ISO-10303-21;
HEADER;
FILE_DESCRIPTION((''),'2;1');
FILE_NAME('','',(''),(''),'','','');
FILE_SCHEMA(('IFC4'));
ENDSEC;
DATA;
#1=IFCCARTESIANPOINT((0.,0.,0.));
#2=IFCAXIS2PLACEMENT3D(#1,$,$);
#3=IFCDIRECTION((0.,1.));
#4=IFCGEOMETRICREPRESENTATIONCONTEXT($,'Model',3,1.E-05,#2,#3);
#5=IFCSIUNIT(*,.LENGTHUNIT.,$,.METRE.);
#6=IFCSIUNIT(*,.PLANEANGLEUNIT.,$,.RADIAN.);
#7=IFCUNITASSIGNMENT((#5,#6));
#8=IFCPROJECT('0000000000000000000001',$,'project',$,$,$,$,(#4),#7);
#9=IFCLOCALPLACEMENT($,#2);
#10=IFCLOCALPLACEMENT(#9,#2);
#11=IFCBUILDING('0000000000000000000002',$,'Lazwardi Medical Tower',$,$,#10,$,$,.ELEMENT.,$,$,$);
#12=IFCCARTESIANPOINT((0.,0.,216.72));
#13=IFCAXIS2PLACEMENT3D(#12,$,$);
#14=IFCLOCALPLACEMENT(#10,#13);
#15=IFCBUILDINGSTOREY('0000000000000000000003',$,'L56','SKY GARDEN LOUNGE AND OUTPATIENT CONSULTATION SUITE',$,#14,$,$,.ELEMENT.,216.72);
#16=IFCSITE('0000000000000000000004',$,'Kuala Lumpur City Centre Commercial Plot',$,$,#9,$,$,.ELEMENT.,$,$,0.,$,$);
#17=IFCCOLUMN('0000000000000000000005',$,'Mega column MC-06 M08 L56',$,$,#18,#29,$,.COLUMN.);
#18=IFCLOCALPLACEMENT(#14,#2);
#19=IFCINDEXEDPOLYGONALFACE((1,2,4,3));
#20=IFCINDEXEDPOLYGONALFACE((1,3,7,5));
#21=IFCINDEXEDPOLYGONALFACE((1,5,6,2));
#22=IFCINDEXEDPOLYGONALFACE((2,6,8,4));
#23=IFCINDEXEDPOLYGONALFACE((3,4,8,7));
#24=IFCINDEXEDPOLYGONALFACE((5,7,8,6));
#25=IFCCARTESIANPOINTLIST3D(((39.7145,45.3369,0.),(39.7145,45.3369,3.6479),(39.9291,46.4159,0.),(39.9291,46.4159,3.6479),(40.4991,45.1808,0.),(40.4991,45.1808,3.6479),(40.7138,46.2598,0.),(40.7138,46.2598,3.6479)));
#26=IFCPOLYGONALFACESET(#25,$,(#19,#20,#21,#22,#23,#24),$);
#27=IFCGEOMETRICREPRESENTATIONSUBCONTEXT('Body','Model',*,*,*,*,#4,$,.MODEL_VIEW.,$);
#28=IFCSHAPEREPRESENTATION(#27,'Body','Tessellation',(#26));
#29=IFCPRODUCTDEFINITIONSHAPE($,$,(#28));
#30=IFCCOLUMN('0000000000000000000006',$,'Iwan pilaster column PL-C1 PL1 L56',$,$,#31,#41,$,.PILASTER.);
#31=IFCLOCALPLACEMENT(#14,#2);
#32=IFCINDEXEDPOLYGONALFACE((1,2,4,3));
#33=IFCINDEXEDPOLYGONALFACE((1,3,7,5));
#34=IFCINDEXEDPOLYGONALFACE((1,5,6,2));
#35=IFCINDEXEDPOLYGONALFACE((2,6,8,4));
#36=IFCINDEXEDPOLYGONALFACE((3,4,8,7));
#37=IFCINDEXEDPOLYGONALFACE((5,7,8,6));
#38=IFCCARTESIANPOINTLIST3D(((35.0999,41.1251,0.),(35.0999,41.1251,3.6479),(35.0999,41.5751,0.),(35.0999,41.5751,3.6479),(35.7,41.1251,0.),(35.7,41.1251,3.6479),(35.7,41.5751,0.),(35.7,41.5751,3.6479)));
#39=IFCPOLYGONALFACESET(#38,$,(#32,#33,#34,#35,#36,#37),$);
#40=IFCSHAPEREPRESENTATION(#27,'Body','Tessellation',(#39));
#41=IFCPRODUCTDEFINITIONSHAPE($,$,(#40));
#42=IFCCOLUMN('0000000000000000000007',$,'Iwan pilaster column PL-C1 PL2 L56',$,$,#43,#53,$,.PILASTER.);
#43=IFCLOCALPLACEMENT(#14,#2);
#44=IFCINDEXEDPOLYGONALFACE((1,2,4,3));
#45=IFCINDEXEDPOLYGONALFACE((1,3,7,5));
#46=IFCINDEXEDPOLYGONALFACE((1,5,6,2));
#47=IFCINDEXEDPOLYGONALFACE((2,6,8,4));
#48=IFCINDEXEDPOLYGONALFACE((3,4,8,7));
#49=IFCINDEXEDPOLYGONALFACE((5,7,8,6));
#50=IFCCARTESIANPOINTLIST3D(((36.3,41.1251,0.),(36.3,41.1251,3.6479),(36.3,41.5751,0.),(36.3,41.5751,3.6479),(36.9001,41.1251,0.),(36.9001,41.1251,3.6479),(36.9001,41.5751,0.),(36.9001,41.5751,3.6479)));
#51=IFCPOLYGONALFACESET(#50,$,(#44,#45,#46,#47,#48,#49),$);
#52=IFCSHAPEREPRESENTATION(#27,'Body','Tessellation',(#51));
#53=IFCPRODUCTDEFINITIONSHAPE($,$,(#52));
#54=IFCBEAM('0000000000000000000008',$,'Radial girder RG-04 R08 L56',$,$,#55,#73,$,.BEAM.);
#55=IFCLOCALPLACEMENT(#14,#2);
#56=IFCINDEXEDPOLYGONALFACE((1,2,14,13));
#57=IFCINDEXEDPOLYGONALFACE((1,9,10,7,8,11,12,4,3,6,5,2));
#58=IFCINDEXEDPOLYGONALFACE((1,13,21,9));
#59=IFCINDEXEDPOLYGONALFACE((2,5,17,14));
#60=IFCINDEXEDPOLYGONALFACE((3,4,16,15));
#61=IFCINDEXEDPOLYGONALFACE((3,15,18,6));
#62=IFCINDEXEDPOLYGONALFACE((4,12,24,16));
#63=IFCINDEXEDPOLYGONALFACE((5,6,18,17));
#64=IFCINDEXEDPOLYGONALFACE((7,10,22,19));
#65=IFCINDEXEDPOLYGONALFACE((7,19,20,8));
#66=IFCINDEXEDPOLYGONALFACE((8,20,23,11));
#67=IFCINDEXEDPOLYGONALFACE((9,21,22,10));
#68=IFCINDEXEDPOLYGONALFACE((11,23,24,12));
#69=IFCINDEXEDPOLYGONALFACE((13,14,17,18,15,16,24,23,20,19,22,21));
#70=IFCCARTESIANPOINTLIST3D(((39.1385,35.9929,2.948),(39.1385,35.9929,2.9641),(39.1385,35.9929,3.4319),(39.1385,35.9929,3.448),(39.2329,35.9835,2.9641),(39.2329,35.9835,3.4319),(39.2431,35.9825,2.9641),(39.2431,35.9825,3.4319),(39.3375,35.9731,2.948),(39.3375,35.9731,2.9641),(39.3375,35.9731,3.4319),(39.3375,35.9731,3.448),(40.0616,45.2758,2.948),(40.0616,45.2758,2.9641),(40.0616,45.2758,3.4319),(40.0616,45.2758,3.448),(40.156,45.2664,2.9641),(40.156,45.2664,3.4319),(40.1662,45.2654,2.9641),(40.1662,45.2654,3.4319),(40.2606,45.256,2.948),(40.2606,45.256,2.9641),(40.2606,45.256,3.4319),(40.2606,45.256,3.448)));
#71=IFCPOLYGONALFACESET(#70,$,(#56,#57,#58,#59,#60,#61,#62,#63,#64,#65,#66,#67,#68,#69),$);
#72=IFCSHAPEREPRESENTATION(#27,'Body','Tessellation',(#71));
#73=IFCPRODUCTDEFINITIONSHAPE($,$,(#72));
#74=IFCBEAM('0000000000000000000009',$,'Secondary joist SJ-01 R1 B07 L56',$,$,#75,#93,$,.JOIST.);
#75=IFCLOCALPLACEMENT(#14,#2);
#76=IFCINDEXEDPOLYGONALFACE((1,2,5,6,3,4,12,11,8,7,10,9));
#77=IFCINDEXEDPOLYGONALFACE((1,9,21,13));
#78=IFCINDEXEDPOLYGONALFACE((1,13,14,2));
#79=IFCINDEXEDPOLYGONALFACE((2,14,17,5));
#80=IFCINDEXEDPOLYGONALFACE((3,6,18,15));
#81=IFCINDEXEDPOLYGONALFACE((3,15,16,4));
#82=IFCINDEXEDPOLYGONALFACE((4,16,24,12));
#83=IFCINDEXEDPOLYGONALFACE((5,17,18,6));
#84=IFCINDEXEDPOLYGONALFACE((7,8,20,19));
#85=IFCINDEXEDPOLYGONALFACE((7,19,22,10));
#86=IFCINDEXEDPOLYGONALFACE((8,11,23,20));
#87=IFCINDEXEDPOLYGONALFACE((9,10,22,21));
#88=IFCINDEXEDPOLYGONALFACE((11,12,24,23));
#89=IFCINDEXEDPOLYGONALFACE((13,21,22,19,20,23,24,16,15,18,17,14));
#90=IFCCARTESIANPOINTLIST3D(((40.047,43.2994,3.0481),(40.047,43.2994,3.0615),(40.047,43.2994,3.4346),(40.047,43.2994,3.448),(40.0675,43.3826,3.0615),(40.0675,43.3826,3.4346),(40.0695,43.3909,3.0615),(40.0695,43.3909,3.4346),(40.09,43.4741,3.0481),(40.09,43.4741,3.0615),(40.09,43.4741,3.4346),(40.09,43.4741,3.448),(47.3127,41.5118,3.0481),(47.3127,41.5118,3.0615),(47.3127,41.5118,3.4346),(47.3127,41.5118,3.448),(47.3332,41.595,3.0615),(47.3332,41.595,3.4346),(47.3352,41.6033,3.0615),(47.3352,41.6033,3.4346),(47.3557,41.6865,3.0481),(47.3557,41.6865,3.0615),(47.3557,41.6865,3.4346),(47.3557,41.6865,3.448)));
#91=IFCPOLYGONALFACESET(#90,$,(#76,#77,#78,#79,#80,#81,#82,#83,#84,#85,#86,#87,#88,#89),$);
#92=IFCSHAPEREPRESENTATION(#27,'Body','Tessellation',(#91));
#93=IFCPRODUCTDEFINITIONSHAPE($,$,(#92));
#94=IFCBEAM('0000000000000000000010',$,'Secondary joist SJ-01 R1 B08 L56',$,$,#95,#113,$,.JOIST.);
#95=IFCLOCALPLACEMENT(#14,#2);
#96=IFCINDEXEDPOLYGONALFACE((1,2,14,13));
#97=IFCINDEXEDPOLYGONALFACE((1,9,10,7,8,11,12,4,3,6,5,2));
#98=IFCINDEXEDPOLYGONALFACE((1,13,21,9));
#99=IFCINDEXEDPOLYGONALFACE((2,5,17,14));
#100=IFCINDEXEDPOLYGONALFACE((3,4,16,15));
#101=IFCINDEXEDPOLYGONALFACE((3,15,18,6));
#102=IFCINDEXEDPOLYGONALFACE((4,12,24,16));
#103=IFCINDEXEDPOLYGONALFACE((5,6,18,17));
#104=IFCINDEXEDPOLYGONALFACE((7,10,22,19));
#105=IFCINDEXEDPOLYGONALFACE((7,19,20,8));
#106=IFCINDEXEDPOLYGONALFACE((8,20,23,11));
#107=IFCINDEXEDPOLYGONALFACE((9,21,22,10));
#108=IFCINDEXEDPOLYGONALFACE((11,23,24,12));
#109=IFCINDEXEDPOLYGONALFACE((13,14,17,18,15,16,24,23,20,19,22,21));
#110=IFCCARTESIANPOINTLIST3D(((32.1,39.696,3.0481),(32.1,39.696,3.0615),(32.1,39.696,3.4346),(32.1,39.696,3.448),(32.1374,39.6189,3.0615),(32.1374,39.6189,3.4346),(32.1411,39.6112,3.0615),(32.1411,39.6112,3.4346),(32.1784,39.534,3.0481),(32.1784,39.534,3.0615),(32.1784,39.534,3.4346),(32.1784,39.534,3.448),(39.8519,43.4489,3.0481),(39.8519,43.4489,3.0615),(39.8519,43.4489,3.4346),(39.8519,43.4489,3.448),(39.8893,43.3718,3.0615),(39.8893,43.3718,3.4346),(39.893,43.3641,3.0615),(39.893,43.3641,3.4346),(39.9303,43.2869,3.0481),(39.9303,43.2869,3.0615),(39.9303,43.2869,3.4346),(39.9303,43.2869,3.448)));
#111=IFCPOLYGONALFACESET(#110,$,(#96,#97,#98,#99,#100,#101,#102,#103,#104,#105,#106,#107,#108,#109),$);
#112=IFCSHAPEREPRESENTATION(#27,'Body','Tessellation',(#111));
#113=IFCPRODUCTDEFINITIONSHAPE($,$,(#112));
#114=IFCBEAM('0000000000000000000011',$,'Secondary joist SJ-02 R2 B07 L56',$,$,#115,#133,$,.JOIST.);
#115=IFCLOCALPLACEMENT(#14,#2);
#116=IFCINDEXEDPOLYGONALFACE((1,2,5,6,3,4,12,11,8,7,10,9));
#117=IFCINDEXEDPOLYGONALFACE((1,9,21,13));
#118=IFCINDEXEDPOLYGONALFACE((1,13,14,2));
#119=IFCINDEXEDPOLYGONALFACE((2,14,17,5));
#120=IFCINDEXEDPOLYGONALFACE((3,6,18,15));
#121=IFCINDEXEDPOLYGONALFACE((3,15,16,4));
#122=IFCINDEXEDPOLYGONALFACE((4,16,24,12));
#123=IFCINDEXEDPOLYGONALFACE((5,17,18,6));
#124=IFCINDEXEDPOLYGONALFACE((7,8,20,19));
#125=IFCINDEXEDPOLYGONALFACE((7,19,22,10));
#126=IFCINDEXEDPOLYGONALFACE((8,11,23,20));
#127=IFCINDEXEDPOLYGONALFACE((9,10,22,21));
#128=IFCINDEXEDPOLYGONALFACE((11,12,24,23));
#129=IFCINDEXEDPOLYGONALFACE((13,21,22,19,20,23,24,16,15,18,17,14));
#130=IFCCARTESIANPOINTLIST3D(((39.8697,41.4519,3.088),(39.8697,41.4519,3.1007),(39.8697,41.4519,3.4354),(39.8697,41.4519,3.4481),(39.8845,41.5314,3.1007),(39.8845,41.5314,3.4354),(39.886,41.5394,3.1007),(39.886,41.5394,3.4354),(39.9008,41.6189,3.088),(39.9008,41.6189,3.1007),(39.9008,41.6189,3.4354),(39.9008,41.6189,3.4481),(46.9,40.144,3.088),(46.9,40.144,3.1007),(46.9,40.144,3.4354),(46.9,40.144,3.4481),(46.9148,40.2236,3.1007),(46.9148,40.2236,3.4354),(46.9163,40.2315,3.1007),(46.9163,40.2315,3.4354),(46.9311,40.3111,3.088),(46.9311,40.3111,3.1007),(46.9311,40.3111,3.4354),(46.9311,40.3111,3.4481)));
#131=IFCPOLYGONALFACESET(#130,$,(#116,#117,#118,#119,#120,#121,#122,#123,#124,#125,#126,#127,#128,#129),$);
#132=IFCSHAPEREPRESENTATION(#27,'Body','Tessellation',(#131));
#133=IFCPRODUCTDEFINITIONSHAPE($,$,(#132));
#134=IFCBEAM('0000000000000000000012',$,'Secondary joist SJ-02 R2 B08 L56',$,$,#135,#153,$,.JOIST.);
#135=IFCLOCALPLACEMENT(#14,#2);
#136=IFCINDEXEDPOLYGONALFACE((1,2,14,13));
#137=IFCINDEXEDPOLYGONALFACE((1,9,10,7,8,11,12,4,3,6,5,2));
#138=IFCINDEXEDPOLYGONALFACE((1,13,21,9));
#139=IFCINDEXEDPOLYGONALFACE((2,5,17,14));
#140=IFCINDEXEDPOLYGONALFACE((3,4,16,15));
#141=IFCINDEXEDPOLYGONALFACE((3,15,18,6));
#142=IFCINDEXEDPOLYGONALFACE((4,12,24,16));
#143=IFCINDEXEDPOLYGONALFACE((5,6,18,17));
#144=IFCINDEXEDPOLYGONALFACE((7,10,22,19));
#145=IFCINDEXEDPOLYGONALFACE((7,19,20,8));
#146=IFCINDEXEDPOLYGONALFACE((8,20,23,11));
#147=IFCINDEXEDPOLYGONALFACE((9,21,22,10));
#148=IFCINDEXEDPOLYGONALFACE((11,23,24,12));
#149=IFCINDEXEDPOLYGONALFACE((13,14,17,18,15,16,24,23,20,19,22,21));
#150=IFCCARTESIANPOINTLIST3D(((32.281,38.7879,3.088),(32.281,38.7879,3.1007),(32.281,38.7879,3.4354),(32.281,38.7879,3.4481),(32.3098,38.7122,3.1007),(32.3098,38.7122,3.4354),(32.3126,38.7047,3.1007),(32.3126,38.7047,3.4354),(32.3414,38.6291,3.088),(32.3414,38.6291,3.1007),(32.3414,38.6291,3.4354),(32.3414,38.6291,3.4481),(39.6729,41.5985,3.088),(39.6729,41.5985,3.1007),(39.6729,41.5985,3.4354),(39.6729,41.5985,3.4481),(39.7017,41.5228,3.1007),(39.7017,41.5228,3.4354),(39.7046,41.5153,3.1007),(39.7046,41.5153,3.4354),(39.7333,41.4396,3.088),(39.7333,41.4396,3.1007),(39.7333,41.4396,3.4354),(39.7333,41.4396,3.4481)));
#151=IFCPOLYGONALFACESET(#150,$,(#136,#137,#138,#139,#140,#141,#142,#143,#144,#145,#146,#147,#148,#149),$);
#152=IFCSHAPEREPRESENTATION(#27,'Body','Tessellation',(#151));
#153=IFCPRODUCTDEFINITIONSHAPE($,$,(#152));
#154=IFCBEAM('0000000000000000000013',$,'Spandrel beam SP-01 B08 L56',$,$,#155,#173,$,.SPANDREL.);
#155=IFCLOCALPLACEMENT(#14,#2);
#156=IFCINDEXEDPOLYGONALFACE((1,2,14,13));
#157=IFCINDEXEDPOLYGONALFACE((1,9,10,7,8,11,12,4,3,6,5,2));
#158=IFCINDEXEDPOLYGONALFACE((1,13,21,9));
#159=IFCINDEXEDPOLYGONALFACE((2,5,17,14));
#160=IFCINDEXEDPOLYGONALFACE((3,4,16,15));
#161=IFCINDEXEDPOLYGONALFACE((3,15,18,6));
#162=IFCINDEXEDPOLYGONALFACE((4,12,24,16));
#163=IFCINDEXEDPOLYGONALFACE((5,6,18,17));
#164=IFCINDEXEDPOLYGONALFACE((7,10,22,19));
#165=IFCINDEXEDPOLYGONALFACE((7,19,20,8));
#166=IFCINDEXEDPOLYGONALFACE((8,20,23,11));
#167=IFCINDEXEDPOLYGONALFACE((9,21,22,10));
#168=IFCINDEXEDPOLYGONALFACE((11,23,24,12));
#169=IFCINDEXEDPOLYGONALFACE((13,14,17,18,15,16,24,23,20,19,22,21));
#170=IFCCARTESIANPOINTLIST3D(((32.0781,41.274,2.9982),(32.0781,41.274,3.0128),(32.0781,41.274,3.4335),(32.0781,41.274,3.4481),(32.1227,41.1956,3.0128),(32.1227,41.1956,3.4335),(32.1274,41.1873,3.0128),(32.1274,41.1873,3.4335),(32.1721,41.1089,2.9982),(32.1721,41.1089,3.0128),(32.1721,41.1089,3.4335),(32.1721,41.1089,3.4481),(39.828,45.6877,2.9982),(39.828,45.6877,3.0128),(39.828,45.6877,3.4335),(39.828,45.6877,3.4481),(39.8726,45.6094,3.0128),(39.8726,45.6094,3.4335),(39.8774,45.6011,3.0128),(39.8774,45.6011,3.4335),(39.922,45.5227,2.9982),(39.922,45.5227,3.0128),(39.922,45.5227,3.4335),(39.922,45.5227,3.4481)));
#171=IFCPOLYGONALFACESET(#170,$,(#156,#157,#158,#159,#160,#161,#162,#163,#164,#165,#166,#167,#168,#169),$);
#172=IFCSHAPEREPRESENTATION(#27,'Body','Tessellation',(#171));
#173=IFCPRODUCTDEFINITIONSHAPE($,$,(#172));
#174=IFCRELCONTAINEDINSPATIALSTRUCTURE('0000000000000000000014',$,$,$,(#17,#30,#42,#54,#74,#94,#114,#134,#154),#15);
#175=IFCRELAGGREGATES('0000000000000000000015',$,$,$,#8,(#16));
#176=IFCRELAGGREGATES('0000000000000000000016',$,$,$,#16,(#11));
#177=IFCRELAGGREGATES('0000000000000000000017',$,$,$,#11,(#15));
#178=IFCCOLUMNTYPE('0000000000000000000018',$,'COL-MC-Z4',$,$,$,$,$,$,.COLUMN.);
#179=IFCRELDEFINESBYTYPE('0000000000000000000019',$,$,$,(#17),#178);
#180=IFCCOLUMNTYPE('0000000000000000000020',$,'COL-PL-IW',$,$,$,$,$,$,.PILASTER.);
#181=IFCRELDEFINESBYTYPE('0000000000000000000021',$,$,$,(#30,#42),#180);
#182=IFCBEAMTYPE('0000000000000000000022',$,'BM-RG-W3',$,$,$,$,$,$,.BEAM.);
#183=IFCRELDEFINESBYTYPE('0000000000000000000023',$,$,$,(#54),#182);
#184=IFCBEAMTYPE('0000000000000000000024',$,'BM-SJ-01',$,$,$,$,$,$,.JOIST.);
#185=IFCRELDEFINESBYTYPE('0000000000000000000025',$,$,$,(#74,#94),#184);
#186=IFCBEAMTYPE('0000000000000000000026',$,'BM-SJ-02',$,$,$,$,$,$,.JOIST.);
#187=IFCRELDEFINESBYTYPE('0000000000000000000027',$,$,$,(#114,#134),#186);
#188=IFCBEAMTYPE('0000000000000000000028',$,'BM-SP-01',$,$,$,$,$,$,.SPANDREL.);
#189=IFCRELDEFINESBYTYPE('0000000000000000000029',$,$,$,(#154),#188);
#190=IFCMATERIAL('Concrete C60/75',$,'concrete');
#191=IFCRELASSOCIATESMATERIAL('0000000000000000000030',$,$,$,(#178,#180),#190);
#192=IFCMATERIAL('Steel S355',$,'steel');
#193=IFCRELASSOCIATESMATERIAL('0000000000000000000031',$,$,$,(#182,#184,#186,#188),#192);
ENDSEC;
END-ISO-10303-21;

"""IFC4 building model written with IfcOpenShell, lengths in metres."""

from ifc_helpers import new_model, si_unit, direction, frame, origin, origin_2d, place, context, subcontext, project, spatial, rectangle, i_section, extrude, material, material_profile, profile_set, type_object, element, save


model = new_model("IFC4")

# Units and contexts
model_context = context("Model", 3, precision=1e-05, world=origin(), true_north=direction((0.0, 1.0)))
body_context = subcontext(model_context, "Body", "Model", "MODEL_VIEW")
ifc_project = project(units=[si_unit("LENGTHUNIT", "METRE"), si_unit("PLANEANGLEUNIT", "RADIAN")], contexts=[model_context])

# Site, building, storey
site_placement = place(None, origin())
site = spatial("IfcSite", under=ifc_project, at=site_placement, Name="Kuala Lumpur City Centre Commercial Plot", CompositionType="ELEMENT", RefElevation=0.0)
building_placement = place(site_placement, origin())
building = spatial("IfcBuilding", under=site, at=building_placement, Name="Lazwardi Medical Tower", CompositionType="ELEMENT")
storey_placement = place(building_placement, frame((0.0, 0.0, 216.72)))
storey = spatial("IfcBuildingStorey", under=building, at=storey_placement, Name="L56", Description="SKY GARDEN LOUNGE AND OUTPATIENT CONSULTATION SUITE", CompositionType="ELEMENT", Elevation=216.72)

# Columns
ifc_material_1 = material(Name="Concrete C60/75", Category="concrete")
ifc_material_profile_1 = material_profile(ifc_material_1, rectangle(XDim=1.1001, YDim=0.8, at=origin_2d()), Name="CFT-RECT 1100x800")
ifc_profile_set_1 = profile_set([ifc_material_profile_1], Name="Concrete C60/75")
column_type_1 = type_object("IfcColumnType", Name="COL-MC-Z4", PredefinedType="COLUMN", material=ifc_profile_set_1)
column_placement = place(storey_placement, frame((40.2141, 45.7983, 0.0), z_axis=(0.0, 0.0, 1.0), x_axis=(0.19509, 0.980785, 0.0)))
element("IfcColumn", 1, at=column_placement, inside=storey, type_object=column_type_1, Name="Mega column MC-06 M08 L56", PredefinedType="COLUMN", context=body_context, shape_type="SweptSolid", body=[
    extrude(rectangle(XDim=1.1001, YDim=0.8, at=origin_2d()), origin(), (0.0, 0.0, 1.0), 3.6479),
])
ifc_material_profile_2 = material_profile(ifc_material_1, rectangle(XDim=0.6001, YDim=0.45, at=origin_2d()), Name="RC 600x450")
ifc_profile_set_2 = profile_set([ifc_material_profile_2], Name="Concrete C60/75")
column_type_2 = type_object("IfcColumnType", Name="COL-PL-IW", PredefinedType="PILASTER", material=ifc_profile_set_2)
for number, where, z_axis, x_axis, name in (
    (2, (35.3999, 41.3501, 0.0), (0.0, 0.0, 1.0), (1.0, 0.0, 0.0), "Iwan pilaster column PL-C1 PL1 L56"),
    (3, (36.6001, 41.3501, 0.0), (0.0, 0.0, 1.0), (1.0, 0.0, 0.0), "Iwan pilaster column PL-C1 PL2 L56"),
):
    element("IfcColumn", number, at=place(storey_placement, frame(where, z_axis=z_axis, x_axis=x_axis)), inside=storey, type_object=column_type_2, Name=name, PredefinedType="PILASTER", context=body_context, shape_type="SweptSolid", body=[
        extrude(rectangle(XDim=0.6001, YDim=0.45, at=origin_2d()), origin(), (0.0, 0.0, 1.0), 3.6479),
    ])

# Beams
ifc_material_2 = material(Name="Steel S355", Category="steel")
ifc_material_profile_3 = material_profile(ifc_material_2, i_section(OverallWidth=0.2, OverallDepth=0.5, WebThickness=0.0103, FlangeThickness=0.0161, at=origin_2d()), Name="IPE 500")
ifc_profile_set_3 = profile_set([ifc_material_profile_3], Name="Steel S355")
beam_type_1 = type_object("IfcBeamType", Name="BM-RG-W3", PredefinedType="BEAM", material=ifc_profile_set_3)
beam_1_placement = place(storey_placement, frame((40.1611, 45.2659, 3.198), z_axis=(-0.098954, -0.995092, 0.0), x_axis=(0.995092, -0.098954, 0.0)))
element("IfcBeam", 4, at=beam_1_placement, inside=storey, type_object=beam_type_1, Name="Radial girder RG-04 R08 L56", PredefinedType="BEAM", context=body_context, shape_type="SweptSolid", body=[
    extrude(i_section(OverallWidth=0.2, OverallDepth=0.5, WebThickness=0.0103, FlangeThickness=0.0161, at=origin_2d()), origin(), (0.0, 0.0, 1.0), 9.3286),
])
ifc_material_profile_4 = material_profile(ifc_material_2, i_section(OverallWidth=0.1799, OverallDepth=0.3999, WebThickness=0.0085, FlangeThickness=0.0134, at=origin_2d()), Name="IPE 400")
ifc_profile_set_4 = profile_set([ifc_material_profile_4], Name="Steel S355")
beam_type_2 = type_object("IfcBeamType", Name="BM-SJ-01", PredefinedType="JOIST", material=ifc_profile_set_4)
beam_2_placement = place(storey_placement, frame((47.3342, 41.5991, 3.248), z_axis=(-0.971042, 0.23891, 0.0), x_axis=(-0.23891, -0.971042, 0.0)))
element("IfcBeam", 5, at=beam_2_placement, inside=storey, type_object=beam_type_2, Name="Secondary joist SJ-01 R1 B07 L56", PredefinedType="JOIST", context=body_context, shape_type="SweptSolid", body=[
    extrude(i_section(OverallWidth=0.1799, OverallDepth=0.3999, WebThickness=0.0085, FlangeThickness=0.0134, at=origin_2d()), origin(), (0.0, 0.0, 1.0), 7.4824),
])
beam_3_placement = place(storey_placement, frame((39.8911, 43.3679, 3.248), z_axis=(-0.900069, -0.435748, 0.0), x_axis=(0.435748, -0.900069, 0.0)))
element("IfcBeam", 6, at=beam_3_placement, inside=storey, type_object=beam_type_2, Name="Secondary joist SJ-01 R1 B08 L56", PredefinedType="JOIST", context=body_context, shape_type="SweptSolid", body=[
    extrude(i_section(OverallWidth=0.1799, OverallDepth=0.3999, WebThickness=0.0085, FlangeThickness=0.0134, at=origin_2d()), origin(), (0.0, 0.0, 1.0), 8.6125),
])
ifc_material_profile_5 = material_profile(ifc_material_2, i_section(OverallWidth=0.1699, OverallDepth=0.3601, WebThickness=0.0081, FlangeThickness=0.0127, at=origin_2d()), Name="IPE 360")
ifc_profile_set_5 = profile_set([ifc_material_profile_5], Name="Steel S355")
beam_type_3 = type_object("IfcBeamType", Name="BM-SJ-02", PredefinedType="JOIST", material=ifc_profile_set_5)
beam_4_placement = place(storey_placement, frame((46.9155, 40.2275, 3.2681), z_axis=(-0.983132, 0.182895, 0.0), x_axis=(-0.182895, -0.983132, 0.0)))
element("IfcBeam", 7, at=beam_4_placement, inside=storey, type_object=beam_type_3, Name="Secondary joist SJ-02 R2 B07 L56", PredefinedType="JOIST", context=body_context, shape_type="SweptSolid", body=[
    extrude(i_section(OverallWidth=0.1699, OverallDepth=0.3601, WebThickness=0.0081, FlangeThickness=0.0127, at=origin_2d()), origin(), (0.0, 0.0, 1.0), 7.1509),
])
beam_5_placement = place(storey_placement, frame((39.7031, 41.519, 3.2681), z_axis=(-0.934714, -0.3554, 0.0), x_axis=(0.3554, -0.934714, 0.0)))
element("IfcBeam", 8, at=beam_5_placement, inside=storey, type_object=beam_type_3, Name="Secondary joist SJ-02 R2 B08 L56", PredefinedType="JOIST", context=body_context, shape_type="SweptSolid", body=[
    extrude(i_section(OverallWidth=0.1699, OverallDepth=0.3601, WebThickness=0.0081, FlangeThickness=0.0127, at=origin_2d()), origin(), (0.0, 0.0, 1.0), 7.9082),
])
ifc_material_profile_6 = material_profile(ifc_material_2, i_section(OverallWidth=0.1899, OverallDepth=0.45, WebThickness=0.0095, FlangeThickness=0.0146, at=origin_2d()), Name="IPE 450")
ifc_profile_set_6 = profile_set([ifc_material_profile_6], Name="Steel S355")
beam_type_4 = type_object("IfcBeamType", Name="BM-SP-01", PredefinedType="SPANDREL", material=ifc_profile_set_6)
beam_6_placement = place(storey_placement, frame((39.875, 45.6052, 3.2231), z_axis=(-0.868955, -0.494891, 0.0), x_axis=(0.494891, -0.868955, 0.0)))
element("IfcBeam", 9, at=beam_6_placement, inside=storey, type_object=beam_type_4, Name="Spandrel beam SP-01 B08 L56", PredefinedType="SPANDREL", context=body_context, shape_type="SweptSolid", body=[
    extrude(i_section(OverallWidth=0.1899, OverallDepth=0.45, WebThickness=0.0095, FlangeThickness=0.0146, at=origin_2d()), origin(), (0.0, 0.0, 1.0), 8.9187),
])

save(model, "model.ifc")
